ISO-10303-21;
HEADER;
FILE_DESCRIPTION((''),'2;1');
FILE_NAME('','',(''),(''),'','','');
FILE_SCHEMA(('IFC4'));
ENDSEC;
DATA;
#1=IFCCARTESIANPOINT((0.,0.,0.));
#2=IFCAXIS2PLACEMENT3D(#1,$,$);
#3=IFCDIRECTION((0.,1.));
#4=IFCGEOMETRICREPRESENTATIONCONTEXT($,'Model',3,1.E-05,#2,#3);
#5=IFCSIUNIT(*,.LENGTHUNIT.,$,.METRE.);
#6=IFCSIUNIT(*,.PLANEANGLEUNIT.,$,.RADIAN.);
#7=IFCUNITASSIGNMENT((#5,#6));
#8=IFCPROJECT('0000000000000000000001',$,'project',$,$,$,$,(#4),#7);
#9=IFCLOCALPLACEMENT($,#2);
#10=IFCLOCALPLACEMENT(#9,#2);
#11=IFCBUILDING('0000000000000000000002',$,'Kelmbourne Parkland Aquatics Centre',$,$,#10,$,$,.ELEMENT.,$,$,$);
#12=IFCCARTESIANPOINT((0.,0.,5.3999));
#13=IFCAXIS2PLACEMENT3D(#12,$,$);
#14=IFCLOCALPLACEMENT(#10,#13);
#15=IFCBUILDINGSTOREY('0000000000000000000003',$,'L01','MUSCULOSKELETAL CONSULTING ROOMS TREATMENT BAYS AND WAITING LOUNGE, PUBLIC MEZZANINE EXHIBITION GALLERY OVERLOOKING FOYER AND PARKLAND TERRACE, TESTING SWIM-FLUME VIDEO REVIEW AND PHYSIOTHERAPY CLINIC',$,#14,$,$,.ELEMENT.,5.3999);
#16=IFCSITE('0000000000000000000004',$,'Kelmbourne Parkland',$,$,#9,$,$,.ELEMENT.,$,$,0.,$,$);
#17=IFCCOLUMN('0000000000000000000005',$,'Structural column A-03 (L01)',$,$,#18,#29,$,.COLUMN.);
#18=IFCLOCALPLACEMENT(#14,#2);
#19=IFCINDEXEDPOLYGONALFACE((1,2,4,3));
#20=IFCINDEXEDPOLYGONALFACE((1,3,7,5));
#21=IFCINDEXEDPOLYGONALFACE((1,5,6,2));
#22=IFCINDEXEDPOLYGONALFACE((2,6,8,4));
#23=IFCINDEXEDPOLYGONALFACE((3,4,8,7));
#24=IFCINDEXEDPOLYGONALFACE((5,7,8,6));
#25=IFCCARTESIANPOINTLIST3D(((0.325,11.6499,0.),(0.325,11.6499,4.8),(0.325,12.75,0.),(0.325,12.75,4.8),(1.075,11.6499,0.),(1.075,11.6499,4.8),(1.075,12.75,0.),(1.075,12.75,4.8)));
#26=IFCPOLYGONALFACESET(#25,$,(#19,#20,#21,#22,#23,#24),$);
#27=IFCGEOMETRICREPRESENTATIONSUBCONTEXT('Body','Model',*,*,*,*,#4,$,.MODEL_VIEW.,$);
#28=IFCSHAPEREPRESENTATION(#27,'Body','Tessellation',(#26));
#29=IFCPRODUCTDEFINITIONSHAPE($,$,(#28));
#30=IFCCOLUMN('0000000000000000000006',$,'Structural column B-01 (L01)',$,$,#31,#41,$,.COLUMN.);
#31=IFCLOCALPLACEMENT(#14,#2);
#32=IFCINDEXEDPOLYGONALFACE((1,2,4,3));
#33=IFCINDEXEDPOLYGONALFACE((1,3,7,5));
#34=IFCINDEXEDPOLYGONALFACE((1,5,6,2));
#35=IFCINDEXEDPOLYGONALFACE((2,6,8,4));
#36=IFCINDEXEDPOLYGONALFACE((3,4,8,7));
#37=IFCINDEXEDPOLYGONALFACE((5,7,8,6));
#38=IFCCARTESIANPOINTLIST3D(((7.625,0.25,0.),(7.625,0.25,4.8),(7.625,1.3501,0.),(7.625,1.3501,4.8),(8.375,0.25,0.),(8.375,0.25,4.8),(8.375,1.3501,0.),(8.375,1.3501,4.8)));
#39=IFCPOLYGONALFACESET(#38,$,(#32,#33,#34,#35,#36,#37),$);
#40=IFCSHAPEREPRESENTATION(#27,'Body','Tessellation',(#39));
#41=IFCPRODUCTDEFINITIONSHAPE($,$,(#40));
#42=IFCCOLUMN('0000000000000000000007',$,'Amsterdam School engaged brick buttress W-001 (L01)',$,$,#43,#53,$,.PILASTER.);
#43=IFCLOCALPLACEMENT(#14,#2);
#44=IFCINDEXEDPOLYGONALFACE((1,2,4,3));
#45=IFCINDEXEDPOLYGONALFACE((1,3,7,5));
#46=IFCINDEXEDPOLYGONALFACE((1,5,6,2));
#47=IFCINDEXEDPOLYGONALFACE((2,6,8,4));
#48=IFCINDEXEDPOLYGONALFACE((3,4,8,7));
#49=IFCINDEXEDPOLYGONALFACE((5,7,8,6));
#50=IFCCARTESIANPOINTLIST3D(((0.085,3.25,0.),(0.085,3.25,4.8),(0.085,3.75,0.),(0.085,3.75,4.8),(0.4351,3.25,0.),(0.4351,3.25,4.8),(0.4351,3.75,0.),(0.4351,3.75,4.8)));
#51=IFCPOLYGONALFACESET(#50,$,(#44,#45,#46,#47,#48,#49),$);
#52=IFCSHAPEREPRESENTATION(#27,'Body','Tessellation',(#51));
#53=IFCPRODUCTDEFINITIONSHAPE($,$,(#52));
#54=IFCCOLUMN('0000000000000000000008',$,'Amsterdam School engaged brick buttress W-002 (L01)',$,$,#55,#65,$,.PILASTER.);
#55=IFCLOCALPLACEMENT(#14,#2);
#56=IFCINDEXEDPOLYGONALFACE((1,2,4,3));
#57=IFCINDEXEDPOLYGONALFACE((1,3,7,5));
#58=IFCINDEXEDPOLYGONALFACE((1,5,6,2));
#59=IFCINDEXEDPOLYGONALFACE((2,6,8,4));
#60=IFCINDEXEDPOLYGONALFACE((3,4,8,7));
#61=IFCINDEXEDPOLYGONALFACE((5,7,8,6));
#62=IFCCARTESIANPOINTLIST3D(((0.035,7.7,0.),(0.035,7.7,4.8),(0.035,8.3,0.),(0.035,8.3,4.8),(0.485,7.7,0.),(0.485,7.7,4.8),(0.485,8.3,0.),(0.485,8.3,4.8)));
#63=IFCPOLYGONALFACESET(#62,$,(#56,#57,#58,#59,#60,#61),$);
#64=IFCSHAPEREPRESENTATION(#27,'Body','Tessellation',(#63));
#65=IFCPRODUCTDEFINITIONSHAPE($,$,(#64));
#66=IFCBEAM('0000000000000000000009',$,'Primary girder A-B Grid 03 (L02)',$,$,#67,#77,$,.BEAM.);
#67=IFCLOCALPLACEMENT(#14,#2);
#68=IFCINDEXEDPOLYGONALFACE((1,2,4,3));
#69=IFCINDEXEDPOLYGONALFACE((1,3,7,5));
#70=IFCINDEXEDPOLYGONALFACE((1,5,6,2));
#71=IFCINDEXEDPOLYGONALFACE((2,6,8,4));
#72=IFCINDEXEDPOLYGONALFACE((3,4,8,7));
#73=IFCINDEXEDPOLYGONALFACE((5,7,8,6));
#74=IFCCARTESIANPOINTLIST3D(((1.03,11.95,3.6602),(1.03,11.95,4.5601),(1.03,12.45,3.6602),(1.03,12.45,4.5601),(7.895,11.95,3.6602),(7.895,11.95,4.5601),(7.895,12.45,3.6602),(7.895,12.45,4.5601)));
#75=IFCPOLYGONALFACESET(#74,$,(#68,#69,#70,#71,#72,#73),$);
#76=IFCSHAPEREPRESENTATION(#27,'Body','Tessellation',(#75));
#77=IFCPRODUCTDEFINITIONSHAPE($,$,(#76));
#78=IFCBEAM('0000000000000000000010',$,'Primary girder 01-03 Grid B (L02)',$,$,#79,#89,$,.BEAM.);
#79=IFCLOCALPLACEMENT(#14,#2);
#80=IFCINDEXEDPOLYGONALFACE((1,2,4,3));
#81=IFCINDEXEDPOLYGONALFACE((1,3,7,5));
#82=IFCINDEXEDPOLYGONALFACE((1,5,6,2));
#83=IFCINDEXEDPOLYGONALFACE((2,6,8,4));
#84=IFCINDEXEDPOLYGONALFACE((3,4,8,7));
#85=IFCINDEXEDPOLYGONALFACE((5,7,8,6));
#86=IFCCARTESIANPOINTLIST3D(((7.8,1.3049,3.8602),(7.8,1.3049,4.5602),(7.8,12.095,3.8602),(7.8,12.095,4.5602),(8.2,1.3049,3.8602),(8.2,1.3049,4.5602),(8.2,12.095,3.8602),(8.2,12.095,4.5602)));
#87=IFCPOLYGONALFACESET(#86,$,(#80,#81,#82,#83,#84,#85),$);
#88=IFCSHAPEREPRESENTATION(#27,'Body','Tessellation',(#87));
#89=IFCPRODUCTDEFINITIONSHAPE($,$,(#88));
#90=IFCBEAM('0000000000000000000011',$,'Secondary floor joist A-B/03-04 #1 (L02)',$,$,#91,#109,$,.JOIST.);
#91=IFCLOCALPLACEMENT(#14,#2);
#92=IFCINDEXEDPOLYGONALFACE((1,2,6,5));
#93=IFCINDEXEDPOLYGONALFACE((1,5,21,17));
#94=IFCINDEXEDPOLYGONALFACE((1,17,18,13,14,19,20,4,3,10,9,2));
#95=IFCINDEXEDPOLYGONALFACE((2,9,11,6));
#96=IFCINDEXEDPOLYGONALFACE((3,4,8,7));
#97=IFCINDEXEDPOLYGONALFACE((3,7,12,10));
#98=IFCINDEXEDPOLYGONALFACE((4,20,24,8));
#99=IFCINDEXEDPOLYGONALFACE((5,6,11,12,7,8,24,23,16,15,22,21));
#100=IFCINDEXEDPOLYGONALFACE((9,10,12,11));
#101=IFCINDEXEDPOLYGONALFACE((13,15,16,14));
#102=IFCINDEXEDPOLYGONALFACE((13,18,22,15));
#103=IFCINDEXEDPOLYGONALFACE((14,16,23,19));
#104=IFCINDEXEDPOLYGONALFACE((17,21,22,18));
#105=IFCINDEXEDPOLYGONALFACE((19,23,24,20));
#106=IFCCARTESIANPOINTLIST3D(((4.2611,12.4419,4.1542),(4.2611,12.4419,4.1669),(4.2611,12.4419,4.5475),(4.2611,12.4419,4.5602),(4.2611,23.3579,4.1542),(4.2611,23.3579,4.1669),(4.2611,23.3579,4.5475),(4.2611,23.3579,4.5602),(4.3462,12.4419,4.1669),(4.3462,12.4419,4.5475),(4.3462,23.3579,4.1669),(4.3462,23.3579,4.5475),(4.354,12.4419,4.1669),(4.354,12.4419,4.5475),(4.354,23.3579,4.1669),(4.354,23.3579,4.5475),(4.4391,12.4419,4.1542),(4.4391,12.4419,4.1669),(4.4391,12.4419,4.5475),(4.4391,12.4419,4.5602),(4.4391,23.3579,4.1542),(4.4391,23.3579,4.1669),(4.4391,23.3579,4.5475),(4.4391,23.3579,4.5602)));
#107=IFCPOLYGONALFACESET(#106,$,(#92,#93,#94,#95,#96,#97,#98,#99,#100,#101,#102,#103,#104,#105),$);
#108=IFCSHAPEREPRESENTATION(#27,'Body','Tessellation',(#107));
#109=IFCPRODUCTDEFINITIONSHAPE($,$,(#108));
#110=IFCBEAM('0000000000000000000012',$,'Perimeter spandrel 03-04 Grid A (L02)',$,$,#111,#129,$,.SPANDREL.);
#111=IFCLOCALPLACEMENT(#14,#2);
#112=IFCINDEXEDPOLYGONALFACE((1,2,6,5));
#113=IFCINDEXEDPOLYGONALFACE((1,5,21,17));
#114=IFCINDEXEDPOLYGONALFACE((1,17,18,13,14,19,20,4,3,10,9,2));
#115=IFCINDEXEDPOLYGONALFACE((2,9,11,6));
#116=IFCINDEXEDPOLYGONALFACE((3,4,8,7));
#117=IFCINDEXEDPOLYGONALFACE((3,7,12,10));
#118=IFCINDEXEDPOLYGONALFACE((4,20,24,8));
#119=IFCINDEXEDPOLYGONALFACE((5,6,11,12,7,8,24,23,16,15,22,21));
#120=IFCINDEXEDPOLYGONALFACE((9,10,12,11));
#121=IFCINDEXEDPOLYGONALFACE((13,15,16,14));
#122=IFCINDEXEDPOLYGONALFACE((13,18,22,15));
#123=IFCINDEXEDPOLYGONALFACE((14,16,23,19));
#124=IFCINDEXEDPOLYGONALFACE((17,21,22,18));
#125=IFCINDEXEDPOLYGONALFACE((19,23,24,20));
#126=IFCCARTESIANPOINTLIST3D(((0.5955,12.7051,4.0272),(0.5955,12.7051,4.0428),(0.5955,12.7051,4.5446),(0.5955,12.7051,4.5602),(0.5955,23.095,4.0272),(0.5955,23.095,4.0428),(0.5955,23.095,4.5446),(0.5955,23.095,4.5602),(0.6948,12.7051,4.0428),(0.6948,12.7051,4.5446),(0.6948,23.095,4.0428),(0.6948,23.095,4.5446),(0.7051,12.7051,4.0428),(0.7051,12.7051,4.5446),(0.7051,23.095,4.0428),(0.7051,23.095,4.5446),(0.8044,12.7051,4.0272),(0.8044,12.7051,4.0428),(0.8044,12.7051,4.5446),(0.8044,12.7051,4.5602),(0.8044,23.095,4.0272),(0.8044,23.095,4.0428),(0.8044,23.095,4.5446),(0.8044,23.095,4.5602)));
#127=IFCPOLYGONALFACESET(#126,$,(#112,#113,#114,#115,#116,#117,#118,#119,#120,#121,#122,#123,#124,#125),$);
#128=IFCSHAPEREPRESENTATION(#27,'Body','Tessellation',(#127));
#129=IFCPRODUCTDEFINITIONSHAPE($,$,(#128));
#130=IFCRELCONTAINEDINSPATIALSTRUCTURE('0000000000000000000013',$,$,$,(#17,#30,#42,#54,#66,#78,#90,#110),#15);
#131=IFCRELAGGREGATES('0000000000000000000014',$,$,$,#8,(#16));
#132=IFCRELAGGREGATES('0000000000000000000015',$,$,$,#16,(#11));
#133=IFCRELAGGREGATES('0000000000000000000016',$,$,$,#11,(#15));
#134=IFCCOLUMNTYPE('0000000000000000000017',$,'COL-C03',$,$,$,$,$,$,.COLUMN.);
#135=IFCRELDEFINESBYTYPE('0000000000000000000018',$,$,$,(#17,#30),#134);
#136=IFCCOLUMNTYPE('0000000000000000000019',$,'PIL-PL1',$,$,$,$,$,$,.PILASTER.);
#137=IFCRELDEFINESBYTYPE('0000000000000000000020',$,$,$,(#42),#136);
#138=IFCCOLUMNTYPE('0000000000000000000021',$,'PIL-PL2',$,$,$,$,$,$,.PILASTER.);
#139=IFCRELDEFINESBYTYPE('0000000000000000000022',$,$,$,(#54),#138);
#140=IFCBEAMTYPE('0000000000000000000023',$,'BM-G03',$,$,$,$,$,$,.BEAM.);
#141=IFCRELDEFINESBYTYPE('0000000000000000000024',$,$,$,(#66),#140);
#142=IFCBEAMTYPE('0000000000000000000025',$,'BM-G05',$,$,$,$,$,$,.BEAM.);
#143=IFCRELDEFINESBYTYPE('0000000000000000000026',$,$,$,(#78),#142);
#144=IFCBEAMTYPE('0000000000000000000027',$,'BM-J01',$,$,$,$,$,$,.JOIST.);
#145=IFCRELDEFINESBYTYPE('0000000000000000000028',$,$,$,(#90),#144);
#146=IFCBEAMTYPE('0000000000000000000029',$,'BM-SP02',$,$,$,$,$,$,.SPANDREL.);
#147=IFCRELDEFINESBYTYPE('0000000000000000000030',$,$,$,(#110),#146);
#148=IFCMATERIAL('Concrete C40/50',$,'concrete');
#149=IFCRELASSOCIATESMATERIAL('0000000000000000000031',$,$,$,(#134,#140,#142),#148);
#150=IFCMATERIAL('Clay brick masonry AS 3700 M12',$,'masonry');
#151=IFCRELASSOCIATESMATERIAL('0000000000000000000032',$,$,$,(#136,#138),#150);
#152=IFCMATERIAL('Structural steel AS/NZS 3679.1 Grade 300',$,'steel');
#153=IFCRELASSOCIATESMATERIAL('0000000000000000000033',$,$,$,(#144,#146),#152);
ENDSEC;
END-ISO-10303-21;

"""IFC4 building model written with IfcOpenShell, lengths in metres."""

from ifc_helpers import new_model, si_unit, direction, frame, origin, origin_2d, place, context, subcontext, project, spatial, rectangle, i_section, extrude, material, material_profile, profile_set, type_object, element, save


model = new_model("IFC4")

# Units and contexts
model_context = context("Model", 3, precision=1e-05, world=origin(), true_north=direction((0.0, 1.0)))
body_context = subcontext(model_context, "Body", "Model", "MODEL_VIEW")
ifc_project = project(units=[si_unit("LENGTHUNIT", "METRE"), si_unit("PLANEANGLEUNIT", "RADIAN")], contexts=[model_context])

# Site, building, storey
site_placement = place(None, origin())
site = spatial("IfcSite", under=ifc_project, at=site_placement, Name="Kelmbourne Parkland", CompositionType="ELEMENT", RefElevation=0.0)
building_placement = place(site_placement, origin())
building = spatial("IfcBuilding", under=site, at=building_placement, Name="Kelmbourne Parkland Aquatics Centre", CompositionType="ELEMENT")
storey_placement = place(building_placement, frame((0.0, 0.0, 5.3999)))
storey = spatial("IfcBuildingStorey", under=building, at=storey_placement, Name="L01", Description="MUSCULOSKELETAL CONSULTING ROOMS TREATMENT BAYS AND WAITING LOUNGE, PUBLIC MEZZANINE EXHIBITION GALLERY OVERLOOKING FOYER AND PARKLAND TERRACE, TESTING SWIM-FLUME VIDEO REVIEW AND PHYSIOTHERAPY CLINIC", CompositionType="ELEMENT", Elevation=5.3999)

# Columns
ifc_material_1 = material(Name="Concrete C40/50", Category="concrete")
ifc_material_profile_1 = material_profile(ifc_material_1, rectangle(XDim=0.75, YDim=1.1001, at=origin_2d()), Name="RC 750x1100")
ifc_profile_set_1 = profile_set([ifc_material_profile_1], Name="Concrete C40/50")
column_type_1 = type_object("IfcColumnType", Name="COL-C03", PredefinedType="COLUMN", material=ifc_profile_set_1)
for number, where, z_axis, x_axis, name in (
    (1, (0.7, 12.2, 0.0), (0.0, 0.0, 1.0), (1.0, 0.0, 0.0), "Structural column A-03 (L01)"),
    (2, (8.0, 0.8, 0.0), (0.0, 0.0, 1.0), (1.0, 0.0, 0.0), "Structural column B-01 (L01)"),
):
    element("IfcColumn", number, at=place(storey_placement, frame(where, z_axis=z_axis, x_axis=x_axis)), inside=storey, type_object=column_type_1, Name=name, PredefinedType="COLUMN", context=body_context, shape_type="SweptSolid", body=[
        extrude(rectangle(XDim=0.75, YDim=1.1001, at=origin_2d()), origin(), (0.0, 0.0, 1.0), 4.8),
    ])
ifc_material_2 = material(Name="Clay brick masonry AS 3700 M12", Category="masonry")
ifc_material_profile_2 = material_profile(ifc_material_2, rectangle(XDim=0.3501, YDim=0.5, at=origin_2d()), Name="PIL 350x500")
ifc_profile_set_2 = profile_set([ifc_material_profile_2], Name="Clay brick masonry AS 3700 M12")
column_type_2 = type_object("IfcColumnType", Name="PIL-PL1", PredefinedType="PILASTER", material=ifc_profile_set_2)
column_1_placement = place(storey_placement, frame((0.26, 3.5, 0.0), z_axis=(0.0, 0.0, 1.0), x_axis=(1.0, 0.0, 0.0)))
element("IfcColumn", 3, at=column_1_placement, inside=storey, type_object=column_type_2, Name="Amsterdam School engaged brick buttress W-001 (L01)", PredefinedType="PILASTER", context=body_context, shape_type="SweptSolid", body=[
    extrude(rectangle(XDim=0.3501, YDim=0.5, at=origin_2d()), origin(), (0.0, 0.0, 1.0), 4.8),
])
ifc_material_profile_3 = material_profile(ifc_material_2, rectangle(XDim=0.45, YDim=0.6001, at=origin_2d()), Name="PIL 450x600")
ifc_profile_set_3 = profile_set([ifc_material_profile_3], Name="Clay brick masonry AS 3700 M12")
column_type_3 = type_object("IfcColumnType", Name="PIL-PL2", PredefinedType="PILASTER", material=ifc_profile_set_3)
column_2_placement = place(storey_placement, frame((0.26, 8.0, 0.0), z_axis=(0.0, 0.0, 1.0), x_axis=(1.0, 0.0, 0.0)))
element("IfcColumn", 4, at=column_2_placement, inside=storey, type_object=column_type_3, Name="Amsterdam School engaged brick buttress W-002 (L01)", PredefinedType="PILASTER", context=body_context, shape_type="SweptSolid", body=[
    extrude(rectangle(XDim=0.45, YDim=0.6001, at=origin_2d()), origin(), (0.0, 0.0, 1.0), 4.8),
])

# Beams
ifc_material_profile_4 = material_profile(ifc_material_1, rectangle(XDim=0.5, YDim=0.8999, at=origin_2d()), Name="RC 500x900")
ifc_profile_set_4 = profile_set([ifc_material_profile_4], Name="Concrete C40/50")
beam_type_1 = type_object("IfcBeamType", Name="BM-G03", PredefinedType="BEAM", material=ifc_profile_set_4)
beam_1_placement = place(storey_placement, frame((1.03, 12.2, 4.1101), z_axis=(1.0, 0.0, 0.0), x_axis=(0.0, 1.0, 0.0)))
element("IfcBeam", 5, at=beam_1_placement, inside=storey, type_object=beam_type_1, Name="Primary girder A-B Grid 03 (L02)", PredefinedType="BEAM", context=body_context, shape_type="SweptSolid", body=[
    extrude(rectangle(XDim=0.5, YDim=0.8999, at=origin_2d()), origin(), (0.0, 0.0, 1.0), 6.865),
])
ifc_material_profile_5 = material_profile(ifc_material_1, rectangle(XDim=0.3999, YDim=0.7, at=origin_2d()), Name="RC 400x700")
ifc_profile_set_5 = profile_set([ifc_material_profile_5], Name="Concrete C40/50")
beam_type_2 = type_object("IfcBeamType", Name="BM-G05", PredefinedType="BEAM", material=ifc_profile_set_5)
beam_2_placement = place(storey_placement, frame((8.0, 1.3049, 4.2102), z_axis=(0.0, 1.0, 0.0), x_axis=(-1.0, 0.0, 0.0)))
element("IfcBeam", 6, at=beam_2_placement, inside=storey, type_object=beam_type_2, Name="Primary girder 01-03 Grid B (L02)", PredefinedType="BEAM", context=body_context, shape_type="SweptSolid", body=[
    extrude(rectangle(XDim=0.3999, YDim=0.7, at=origin_2d()), origin(), (0.0, 0.0, 1.0), 10.79),
])
ifc_material_3 = material(Name="Structural steel AS/NZS 3679.1 Grade 300", Category="steel")
ifc_material_profile_6 = material_profile(ifc_material_3, i_section(OverallWidth=0.178, OverallDepth=0.406, WebThickness=0.0078, FlangeThickness=0.0127, at=origin_2d()), Name="410UB59.7")
ifc_profile_set_6 = profile_set([ifc_material_profile_6], Name="Structural steel AS/NZS 3679.1 Grade 300")
beam_type_3 = type_object("IfcBeamType", Name="BM-J01", PredefinedType="JOIST", material=ifc_profile_set_6)
beam_3_placement = place(storey_placement, frame((4.3501, 12.4419, 4.3572), z_axis=(0.0, 1.0, 0.0), x_axis=(-1.0, 0.0, 0.0)))
element("IfcBeam", 7, at=beam_3_placement, inside=storey, type_object=beam_type_3, Name="Secondary floor joist A-B/03-04 #1 (L02)", PredefinedType="JOIST", context=body_context, shape_type="SweptSolid", body=[
    extrude(i_section(OverallWidth=0.178, OverallDepth=0.406, WebThickness=0.0078, FlangeThickness=0.0127, at=origin_2d()), origin(), (0.0, 0.0, 1.0), 10.916),
])
ifc_material_profile_7 = material_profile(ifc_material_3, i_section(OverallWidth=0.209, OverallDepth=0.533, WebThickness=0.0103, FlangeThickness=0.0156, at=origin_2d()), Name="530UB92.4")
ifc_profile_set_7 = profile_set([ifc_material_profile_7], Name="Structural steel AS/NZS 3679.1 Grade 300")
beam_type_4 = type_object("IfcBeamType", Name="BM-SP02", PredefinedType="SPANDREL", material=ifc_profile_set_7)
beam_4_placement = place(storey_placement, frame((0.7, 12.7051, 4.2937), z_axis=(0.0, 1.0, 0.0), x_axis=(-1.0, 0.0, 0.0)))
element("IfcBeam", 8, at=beam_4_placement, inside=storey, type_object=beam_type_4, Name="Perimeter spandrel 03-04 Grid A (L02)", PredefinedType="SPANDREL", context=body_context, shape_type="SweptSolid", body=[
    extrude(i_section(OverallWidth=0.209, OverallDepth=0.533, WebThickness=0.0103, FlangeThickness=0.0156, at=origin_2d()), origin(), (0.0, 0.0, 1.0), 10.3899),
])

save(model, "model.ifc")
